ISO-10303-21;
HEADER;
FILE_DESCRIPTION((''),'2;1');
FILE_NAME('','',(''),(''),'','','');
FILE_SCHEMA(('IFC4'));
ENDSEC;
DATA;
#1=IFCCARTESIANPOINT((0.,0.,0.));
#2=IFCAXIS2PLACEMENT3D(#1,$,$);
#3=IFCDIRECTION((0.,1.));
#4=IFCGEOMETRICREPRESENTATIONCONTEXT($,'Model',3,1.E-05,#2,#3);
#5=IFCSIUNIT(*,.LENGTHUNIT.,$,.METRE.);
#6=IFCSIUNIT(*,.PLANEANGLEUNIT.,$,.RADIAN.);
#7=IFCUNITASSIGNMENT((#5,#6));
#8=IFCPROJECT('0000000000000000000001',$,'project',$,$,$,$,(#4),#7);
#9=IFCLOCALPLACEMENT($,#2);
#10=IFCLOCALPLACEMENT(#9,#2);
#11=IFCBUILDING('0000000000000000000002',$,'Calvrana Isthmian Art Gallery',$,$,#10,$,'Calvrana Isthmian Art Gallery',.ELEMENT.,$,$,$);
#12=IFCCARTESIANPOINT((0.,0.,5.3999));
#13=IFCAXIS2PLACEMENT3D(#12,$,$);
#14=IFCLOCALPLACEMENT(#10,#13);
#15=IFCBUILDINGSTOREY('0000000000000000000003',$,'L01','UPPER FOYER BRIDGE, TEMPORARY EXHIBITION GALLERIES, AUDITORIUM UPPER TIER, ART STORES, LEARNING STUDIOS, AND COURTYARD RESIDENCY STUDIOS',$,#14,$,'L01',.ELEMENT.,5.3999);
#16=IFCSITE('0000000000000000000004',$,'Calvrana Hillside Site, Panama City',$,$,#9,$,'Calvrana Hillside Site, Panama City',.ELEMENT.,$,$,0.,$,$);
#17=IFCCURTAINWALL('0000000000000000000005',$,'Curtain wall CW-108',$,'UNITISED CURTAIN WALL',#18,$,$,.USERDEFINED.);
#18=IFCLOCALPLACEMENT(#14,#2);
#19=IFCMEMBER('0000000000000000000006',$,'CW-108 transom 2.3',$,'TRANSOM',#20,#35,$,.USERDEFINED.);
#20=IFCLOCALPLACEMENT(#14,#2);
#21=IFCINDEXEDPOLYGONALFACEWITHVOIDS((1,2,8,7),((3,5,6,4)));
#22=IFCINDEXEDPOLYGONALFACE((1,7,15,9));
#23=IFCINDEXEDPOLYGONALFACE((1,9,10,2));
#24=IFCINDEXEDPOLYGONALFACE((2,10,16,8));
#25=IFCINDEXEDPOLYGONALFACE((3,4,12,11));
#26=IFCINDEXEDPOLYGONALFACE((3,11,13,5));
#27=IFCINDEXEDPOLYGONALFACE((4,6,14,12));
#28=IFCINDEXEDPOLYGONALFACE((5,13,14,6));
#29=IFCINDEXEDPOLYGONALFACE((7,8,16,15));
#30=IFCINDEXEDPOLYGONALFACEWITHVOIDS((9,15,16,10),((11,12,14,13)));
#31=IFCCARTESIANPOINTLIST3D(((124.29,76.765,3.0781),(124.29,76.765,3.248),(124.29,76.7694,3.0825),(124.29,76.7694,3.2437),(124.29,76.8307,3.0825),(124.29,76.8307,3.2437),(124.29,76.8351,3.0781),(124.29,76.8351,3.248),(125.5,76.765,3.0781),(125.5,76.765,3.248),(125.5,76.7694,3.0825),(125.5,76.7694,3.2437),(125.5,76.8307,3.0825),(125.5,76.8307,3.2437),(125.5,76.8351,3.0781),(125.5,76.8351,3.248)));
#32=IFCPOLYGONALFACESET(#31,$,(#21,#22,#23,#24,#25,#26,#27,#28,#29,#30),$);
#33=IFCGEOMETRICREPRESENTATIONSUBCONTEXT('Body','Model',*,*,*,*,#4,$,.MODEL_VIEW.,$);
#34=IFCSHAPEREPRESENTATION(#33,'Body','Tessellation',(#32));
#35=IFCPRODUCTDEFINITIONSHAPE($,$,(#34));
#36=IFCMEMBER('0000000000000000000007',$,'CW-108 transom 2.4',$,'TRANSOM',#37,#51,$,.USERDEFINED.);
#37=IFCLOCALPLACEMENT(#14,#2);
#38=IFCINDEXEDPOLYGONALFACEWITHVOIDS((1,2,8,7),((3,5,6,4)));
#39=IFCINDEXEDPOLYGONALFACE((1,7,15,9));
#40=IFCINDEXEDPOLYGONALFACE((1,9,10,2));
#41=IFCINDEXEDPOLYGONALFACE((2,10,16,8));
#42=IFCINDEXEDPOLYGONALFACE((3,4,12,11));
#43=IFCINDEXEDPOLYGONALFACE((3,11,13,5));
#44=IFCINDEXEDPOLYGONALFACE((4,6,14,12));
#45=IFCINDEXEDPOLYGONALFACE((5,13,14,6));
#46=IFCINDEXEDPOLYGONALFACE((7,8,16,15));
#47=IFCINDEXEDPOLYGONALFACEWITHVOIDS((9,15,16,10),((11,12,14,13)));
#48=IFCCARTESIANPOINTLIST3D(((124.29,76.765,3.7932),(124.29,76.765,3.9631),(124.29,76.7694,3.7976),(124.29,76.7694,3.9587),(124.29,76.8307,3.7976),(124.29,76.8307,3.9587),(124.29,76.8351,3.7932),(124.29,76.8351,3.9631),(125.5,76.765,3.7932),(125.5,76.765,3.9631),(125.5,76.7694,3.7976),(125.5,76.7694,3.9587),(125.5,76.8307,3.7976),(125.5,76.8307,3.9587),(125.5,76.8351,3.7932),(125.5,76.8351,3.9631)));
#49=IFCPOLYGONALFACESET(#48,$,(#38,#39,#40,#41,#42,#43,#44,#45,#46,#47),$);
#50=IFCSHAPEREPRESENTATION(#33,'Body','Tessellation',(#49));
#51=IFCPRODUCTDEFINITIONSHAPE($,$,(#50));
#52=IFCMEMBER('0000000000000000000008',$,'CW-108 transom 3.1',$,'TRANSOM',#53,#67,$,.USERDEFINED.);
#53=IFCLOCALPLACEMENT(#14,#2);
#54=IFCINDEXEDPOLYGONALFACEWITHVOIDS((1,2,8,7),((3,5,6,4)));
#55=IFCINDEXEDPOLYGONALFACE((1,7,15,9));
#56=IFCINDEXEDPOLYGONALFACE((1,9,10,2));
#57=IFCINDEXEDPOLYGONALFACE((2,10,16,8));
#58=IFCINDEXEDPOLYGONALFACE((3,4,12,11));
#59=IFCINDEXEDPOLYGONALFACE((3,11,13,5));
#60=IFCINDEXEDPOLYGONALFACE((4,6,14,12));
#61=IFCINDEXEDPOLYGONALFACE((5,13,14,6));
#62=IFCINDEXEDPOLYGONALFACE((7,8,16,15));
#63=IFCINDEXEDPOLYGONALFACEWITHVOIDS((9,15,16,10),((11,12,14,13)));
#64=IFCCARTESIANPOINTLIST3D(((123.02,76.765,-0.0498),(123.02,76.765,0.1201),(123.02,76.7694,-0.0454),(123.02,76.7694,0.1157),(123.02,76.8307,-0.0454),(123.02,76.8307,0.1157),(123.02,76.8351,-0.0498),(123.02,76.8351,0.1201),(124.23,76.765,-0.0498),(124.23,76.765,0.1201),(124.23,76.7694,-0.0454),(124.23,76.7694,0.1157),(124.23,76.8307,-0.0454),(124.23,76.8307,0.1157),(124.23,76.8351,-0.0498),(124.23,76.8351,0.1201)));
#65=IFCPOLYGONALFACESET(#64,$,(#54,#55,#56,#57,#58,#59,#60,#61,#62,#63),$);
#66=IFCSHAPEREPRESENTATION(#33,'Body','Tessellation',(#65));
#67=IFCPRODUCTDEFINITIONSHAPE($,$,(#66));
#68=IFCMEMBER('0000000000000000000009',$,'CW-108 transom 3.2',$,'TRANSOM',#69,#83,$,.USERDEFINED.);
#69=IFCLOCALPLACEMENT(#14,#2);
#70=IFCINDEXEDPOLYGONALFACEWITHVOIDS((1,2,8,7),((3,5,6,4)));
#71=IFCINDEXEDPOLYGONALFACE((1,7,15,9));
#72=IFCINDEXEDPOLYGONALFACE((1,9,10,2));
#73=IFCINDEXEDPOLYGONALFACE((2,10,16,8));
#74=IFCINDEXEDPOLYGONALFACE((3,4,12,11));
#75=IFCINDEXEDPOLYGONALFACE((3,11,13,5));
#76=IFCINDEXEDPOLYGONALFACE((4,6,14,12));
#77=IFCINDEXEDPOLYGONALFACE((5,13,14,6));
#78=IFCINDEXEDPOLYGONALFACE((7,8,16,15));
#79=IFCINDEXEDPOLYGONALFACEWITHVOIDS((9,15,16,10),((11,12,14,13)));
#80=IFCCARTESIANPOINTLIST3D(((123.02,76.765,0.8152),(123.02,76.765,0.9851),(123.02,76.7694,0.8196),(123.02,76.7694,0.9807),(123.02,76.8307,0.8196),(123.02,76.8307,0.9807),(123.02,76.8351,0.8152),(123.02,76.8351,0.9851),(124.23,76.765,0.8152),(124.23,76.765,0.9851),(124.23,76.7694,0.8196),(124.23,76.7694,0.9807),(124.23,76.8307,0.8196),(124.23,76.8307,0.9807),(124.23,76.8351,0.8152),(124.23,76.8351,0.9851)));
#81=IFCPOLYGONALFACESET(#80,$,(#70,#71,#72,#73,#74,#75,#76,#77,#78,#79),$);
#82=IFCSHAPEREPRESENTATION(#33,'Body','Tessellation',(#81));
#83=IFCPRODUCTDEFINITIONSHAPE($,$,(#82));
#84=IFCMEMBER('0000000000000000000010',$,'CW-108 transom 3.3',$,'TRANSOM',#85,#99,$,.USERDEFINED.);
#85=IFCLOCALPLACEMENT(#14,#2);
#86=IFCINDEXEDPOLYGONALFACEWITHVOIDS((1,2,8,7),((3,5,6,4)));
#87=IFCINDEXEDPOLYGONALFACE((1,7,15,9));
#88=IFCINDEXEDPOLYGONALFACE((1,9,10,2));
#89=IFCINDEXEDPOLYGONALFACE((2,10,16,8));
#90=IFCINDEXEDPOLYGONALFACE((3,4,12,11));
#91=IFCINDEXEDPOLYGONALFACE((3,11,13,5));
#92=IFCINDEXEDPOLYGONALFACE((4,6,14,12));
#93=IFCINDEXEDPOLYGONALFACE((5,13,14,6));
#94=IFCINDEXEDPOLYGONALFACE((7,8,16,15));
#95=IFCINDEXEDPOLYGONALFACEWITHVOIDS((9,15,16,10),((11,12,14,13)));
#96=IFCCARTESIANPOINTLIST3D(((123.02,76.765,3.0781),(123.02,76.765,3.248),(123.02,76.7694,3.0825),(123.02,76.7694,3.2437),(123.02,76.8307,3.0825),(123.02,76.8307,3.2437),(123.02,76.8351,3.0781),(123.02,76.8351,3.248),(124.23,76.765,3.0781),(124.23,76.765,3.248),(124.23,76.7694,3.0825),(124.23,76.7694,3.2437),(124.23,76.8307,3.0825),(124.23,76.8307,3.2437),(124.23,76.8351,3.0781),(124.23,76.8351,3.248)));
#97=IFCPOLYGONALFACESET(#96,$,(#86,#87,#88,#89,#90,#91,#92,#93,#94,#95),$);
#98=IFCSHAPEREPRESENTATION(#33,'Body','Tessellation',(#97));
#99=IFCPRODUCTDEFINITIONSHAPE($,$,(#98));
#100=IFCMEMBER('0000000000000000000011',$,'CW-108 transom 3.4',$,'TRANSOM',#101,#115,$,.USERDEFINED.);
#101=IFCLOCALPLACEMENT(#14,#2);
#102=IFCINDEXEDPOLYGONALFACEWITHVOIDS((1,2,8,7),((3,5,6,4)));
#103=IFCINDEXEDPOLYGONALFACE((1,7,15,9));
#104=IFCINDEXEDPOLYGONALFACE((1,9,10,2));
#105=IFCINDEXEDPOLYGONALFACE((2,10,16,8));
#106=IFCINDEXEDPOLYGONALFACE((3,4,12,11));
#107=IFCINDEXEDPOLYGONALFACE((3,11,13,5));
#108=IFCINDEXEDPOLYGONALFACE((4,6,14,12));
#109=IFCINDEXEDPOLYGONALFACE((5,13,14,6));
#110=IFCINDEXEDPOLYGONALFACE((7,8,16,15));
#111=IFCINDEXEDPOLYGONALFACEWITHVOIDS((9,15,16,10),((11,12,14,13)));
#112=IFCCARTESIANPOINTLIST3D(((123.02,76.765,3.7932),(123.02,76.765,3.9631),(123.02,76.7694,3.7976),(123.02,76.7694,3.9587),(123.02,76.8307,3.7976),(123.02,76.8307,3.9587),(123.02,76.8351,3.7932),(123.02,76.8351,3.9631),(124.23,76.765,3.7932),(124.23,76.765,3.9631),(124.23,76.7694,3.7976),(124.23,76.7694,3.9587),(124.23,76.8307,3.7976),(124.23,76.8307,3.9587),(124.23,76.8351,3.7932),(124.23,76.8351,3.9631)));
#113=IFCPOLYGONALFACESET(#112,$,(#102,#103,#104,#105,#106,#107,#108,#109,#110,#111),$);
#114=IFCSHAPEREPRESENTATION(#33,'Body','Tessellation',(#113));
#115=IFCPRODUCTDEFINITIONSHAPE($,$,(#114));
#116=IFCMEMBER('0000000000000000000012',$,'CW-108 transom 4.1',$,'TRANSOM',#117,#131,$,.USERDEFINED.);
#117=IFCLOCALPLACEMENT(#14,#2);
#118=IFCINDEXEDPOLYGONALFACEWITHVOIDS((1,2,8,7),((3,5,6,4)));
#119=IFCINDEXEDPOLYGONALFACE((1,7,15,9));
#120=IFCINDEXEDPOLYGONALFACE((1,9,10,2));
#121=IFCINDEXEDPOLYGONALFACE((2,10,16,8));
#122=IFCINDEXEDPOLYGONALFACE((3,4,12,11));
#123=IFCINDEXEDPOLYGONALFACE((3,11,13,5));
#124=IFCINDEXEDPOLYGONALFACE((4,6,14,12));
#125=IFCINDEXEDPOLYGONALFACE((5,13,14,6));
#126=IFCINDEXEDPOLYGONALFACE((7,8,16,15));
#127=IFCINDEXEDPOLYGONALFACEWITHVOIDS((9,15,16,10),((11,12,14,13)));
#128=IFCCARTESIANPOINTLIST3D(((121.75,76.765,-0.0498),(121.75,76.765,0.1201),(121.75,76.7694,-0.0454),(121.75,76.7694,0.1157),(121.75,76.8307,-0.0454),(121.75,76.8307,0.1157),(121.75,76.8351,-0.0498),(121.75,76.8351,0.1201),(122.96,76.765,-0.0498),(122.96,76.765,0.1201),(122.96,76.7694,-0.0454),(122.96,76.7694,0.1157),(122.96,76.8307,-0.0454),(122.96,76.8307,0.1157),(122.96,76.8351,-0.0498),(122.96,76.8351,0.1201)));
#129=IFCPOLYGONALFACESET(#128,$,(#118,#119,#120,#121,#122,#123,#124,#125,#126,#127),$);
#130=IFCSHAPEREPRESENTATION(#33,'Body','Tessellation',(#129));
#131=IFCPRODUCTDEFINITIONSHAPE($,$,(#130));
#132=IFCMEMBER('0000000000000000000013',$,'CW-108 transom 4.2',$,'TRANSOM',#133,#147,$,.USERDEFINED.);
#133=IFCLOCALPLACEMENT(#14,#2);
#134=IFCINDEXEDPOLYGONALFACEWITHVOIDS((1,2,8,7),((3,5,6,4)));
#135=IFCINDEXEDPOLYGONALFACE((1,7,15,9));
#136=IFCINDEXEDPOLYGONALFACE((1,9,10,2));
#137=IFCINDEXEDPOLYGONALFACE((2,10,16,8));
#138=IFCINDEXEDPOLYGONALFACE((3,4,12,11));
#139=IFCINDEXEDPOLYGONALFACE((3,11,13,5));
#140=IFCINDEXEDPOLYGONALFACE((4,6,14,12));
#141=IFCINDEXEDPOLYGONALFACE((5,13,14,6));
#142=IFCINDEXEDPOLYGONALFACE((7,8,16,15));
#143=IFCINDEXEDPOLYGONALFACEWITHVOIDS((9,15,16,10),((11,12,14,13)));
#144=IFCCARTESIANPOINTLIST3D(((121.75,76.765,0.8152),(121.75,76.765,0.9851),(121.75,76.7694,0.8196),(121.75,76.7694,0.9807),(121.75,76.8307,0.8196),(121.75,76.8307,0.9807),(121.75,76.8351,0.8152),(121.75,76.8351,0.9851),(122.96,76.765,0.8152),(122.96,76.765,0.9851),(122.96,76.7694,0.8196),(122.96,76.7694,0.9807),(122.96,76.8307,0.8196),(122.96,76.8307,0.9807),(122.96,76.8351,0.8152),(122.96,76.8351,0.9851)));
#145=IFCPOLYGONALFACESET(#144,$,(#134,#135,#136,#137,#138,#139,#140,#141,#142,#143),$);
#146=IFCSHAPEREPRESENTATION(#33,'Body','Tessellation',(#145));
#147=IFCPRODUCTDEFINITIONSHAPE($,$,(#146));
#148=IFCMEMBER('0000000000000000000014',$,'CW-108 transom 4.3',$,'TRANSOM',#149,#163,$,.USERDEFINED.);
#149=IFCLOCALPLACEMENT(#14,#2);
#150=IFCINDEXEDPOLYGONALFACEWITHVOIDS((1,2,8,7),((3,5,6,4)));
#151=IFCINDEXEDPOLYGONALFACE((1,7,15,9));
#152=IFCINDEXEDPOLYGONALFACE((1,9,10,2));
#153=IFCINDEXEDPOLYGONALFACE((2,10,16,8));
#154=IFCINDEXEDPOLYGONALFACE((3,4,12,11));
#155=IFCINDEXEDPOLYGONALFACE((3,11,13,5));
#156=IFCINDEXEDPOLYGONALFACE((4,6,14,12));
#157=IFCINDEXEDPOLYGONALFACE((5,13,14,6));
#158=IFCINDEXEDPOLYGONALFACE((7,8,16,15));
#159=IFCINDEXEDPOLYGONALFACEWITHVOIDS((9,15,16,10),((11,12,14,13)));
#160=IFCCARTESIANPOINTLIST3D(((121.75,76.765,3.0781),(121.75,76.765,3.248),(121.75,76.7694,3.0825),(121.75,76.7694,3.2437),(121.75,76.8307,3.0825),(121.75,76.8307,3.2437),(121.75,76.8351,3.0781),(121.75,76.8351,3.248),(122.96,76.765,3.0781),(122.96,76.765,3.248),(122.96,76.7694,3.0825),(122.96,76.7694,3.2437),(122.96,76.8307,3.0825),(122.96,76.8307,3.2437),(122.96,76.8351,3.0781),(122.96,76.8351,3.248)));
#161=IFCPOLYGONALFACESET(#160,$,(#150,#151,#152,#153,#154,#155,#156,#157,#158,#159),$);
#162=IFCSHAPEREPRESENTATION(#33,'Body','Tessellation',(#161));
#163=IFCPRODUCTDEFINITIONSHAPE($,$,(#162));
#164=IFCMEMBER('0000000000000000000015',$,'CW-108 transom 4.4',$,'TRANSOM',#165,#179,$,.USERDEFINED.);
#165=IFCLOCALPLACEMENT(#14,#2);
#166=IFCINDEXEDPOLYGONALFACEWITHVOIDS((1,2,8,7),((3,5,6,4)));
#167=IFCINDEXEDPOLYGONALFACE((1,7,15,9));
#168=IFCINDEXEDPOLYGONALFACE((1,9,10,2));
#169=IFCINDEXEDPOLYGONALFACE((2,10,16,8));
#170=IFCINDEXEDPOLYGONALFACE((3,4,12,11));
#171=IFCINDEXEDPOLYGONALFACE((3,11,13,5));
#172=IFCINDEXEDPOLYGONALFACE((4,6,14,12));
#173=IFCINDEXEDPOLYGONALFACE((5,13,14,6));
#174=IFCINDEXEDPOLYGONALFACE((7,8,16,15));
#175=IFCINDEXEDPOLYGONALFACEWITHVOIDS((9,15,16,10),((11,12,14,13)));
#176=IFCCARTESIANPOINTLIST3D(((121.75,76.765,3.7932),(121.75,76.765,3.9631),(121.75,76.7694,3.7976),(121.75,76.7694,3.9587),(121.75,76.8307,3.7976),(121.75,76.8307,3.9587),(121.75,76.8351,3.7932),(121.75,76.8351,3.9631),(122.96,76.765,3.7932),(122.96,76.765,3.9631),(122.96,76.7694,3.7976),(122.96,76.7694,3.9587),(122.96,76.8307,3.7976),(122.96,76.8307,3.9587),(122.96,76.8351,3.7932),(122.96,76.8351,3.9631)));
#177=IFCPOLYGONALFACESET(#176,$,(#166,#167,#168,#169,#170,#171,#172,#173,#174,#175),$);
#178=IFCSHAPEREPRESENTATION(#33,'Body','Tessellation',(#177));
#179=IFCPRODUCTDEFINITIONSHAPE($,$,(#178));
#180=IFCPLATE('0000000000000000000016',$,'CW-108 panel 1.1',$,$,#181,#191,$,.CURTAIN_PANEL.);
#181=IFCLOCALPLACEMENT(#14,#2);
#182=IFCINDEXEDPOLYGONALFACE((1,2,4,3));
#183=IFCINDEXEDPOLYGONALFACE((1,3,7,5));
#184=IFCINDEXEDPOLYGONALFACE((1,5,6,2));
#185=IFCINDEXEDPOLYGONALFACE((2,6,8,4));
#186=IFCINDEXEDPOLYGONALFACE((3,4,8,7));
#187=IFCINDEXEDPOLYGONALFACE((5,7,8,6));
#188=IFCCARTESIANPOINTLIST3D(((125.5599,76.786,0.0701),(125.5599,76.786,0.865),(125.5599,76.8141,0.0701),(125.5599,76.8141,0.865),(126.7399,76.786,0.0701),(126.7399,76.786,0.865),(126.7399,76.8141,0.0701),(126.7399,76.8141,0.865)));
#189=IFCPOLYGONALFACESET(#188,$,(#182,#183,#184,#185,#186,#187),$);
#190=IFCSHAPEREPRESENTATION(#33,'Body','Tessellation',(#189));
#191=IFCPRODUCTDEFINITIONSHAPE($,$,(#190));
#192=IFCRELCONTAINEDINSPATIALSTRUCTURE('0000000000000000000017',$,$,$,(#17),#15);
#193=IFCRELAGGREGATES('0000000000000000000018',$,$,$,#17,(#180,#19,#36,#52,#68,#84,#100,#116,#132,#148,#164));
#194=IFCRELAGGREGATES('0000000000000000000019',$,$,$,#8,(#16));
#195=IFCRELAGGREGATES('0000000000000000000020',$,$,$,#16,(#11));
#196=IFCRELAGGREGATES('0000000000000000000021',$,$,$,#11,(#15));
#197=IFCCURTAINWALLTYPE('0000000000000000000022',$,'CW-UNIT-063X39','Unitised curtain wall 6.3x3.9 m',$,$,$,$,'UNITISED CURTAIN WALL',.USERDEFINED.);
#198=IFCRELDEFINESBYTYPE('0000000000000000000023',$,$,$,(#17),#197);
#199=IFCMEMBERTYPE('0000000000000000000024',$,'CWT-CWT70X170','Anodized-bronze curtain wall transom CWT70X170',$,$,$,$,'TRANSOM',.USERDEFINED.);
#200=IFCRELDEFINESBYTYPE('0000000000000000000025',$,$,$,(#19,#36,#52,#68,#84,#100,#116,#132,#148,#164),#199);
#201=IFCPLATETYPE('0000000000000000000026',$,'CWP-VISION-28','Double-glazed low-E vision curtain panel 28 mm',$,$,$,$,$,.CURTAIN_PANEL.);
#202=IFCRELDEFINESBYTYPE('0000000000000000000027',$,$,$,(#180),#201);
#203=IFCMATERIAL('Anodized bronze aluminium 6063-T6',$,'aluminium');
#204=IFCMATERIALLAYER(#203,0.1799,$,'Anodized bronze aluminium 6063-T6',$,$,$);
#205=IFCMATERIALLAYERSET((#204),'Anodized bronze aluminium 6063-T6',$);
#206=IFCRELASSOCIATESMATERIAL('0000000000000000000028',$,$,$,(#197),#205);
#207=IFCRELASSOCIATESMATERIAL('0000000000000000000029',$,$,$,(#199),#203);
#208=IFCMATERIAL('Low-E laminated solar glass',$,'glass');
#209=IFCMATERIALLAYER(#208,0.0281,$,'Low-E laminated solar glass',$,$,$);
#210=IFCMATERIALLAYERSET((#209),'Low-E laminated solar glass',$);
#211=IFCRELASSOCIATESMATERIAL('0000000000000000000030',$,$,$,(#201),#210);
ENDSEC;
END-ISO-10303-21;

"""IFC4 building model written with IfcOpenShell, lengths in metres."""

from ifc_helpers import new_model, si_unit, direction, frame, origin, origin_2d, place, context, subcontext, project, spatial, rectangle, hollow_rectangle, extrude, material, layer, layer_set, material_profile, profile_set, type_object, element, aggregate, save


model = new_model("IFC4")

# Units and contexts
model_context = context("Model", 3, precision=1e-05, world=origin(), true_north=direction((0.0, 1.0)))
body_context = subcontext(model_context, "Body", "Model", "MODEL_VIEW")
ifc_project = project(units=[si_unit("LENGTHUNIT", "METRE"), si_unit("PLANEANGLEUNIT", "RADIAN")], contexts=[model_context])

# Site, building, storey
site_placement = place(None, origin())
site = spatial("IfcSite", under=ifc_project, at=site_placement, Name="Calvrana Hillside Site, Panama City", LongName="Calvrana Hillside Site, Panama City", CompositionType="ELEMENT", RefElevation=0.0)
building_placement = place(site_placement, origin())
building = spatial("IfcBuilding", under=site, at=building_placement, Name="Calvrana Isthmian Art Gallery", LongName="Calvrana Isthmian Art Gallery", CompositionType="ELEMENT")
storey_placement = place(building_placement, frame((0.0, 0.0, 5.3999)))
storey = spatial("IfcBuildingStorey", under=building, at=storey_placement, Name="L01", Description="UPPER FOYER BRIDGE, TEMPORARY EXHIBITION GALLERIES, AUDITORIUM UPPER TIER, ART STORES, LEARNING STUDIOS, AND COURTYARD RESIDENCY STUDIOS", LongName="L01", CompositionType="ELEMENT", Elevation=5.3999)

# Curtain wall, members, plate
ifc_material_1 = material(Name="Anodized bronze aluminium 6063-T6", Category="aluminium")
ifc_layer_1 = layer(ifc_material_1, 0.1799, Name="Anodized bronze aluminium 6063-T6")
ifc_layer_set_1 = layer_set([ifc_layer_1], Name="Anodized bronze aluminium 6063-T6")
curtain_wall_type = type_object("IfcCurtainWallType", Name="CW-UNIT-063X39", Description="Unitised curtain wall 6.3x3.9 m", ElementType="UNITISED CURTAIN WALL", PredefinedType="USERDEFINED", material=ifc_layer_set_1)
curtain_wall_placement = place(storey_placement, origin())
curtain_wall = element("IfcCurtainWall", 1, at=curtain_wall_placement, inside=storey, type_object=curtain_wall_type, Name="Curtain wall CW-108", ObjectType="UNITISED CURTAIN WALL", PredefinedType="USERDEFINED")
ifc_material_profile_1 = material_profile(ifc_material_1, hollow_rectangle(XDim=0.0701, YDim=0.1699, WallThickness=0.0044, at=origin_2d()), Name="CWT70X170")
ifc_profile_set_1 = profile_set([ifc_material_profile_1], Name="Anodized bronze aluminium 6063-T6")
member_type_1 = type_object("IfcMemberType", Name="CWT-CWT70X170", Description="Anodized-bronze curtain wall transom CWT70X170", ElementType="TRANSOM", PredefinedType="USERDEFINED", material=ifc_profile_set_1)
member_1_placement = place(storey_placement, frame((125.5, 76.8, 3.1631), z_axis=(-1.0, 0.0, 0.0), x_axis=(0.0, -1.0, 0.0)))
member_1 = element("IfcMember", 2, at=member_1_placement, type_object=member_type_1, Name="CW-108 transom 2.3", ObjectType="TRANSOM", PredefinedType="USERDEFINED", context=body_context, shape_type="SweptSolid", body=[
    extrude(hollow_rectangle(XDim=0.0701, YDim=0.1699, WallThickness=0.0044, at=origin_2d()), origin(), (0.0, 0.0, 1.0), 1.21),
])
member_2_placement = place(storey_placement, frame((125.5, 76.8, 3.8782), z_axis=(-1.0, 0.0, 0.0), x_axis=(0.0, -1.0, 0.0)))
member_2 = element("IfcMember", 3, at=member_2_placement, type_object=member_type_1, Name="CW-108 transom 2.4", ObjectType="TRANSOM", PredefinedType="USERDEFINED", context=body_context, shape_type="SweptSolid", body=[
    extrude(hollow_rectangle(XDim=0.0701, YDim=0.1699, WallThickness=0.0044, at=origin_2d()), origin(), (0.0, 0.0, 1.0), 1.21),
])
member_3_placement = place(storey_placement, frame((124.23, 76.8, 0.0352), z_axis=(-1.0, 0.0, 0.0), x_axis=(0.0, -1.0, 0.0)))
member_3 = element("IfcMember", 4, at=member_3_placement, type_object=member_type_1, Name="CW-108 transom 3.1", ObjectType="TRANSOM", PredefinedType="USERDEFINED", context=body_context, shape_type="SweptSolid", body=[
    extrude(hollow_rectangle(XDim=0.0701, YDim=0.1699, WallThickness=0.0044, at=origin_2d()), origin(), (0.0, 0.0, 1.0), 1.21),
])
member_4_placement = place(storey_placement, frame((124.23, 76.8, 0.9001), z_axis=(-1.0, 0.0, 0.0), x_axis=(0.0, -1.0, 0.0)))
member_4 = element("IfcMember", 5, at=member_4_placement, type_object=member_type_1, Name="CW-108 transom 3.2", ObjectType="TRANSOM", PredefinedType="USERDEFINED", context=body_context, shape_type="SweptSolid", body=[
    extrude(hollow_rectangle(XDim=0.0701, YDim=0.1699, WallThickness=0.0044, at=origin_2d()), origin(), (0.0, 0.0, 1.0), 1.21),
])
member_5_placement = place(storey_placement, frame((124.23, 76.8, 3.1631), z_axis=(-1.0, 0.0, 0.0), x_axis=(0.0, -1.0, 0.0)))
member_5 = element("IfcMember", 6, at=member_5_placement, type_object=member_type_1, Name="CW-108 transom 3.3", ObjectType="TRANSOM", PredefinedType="USERDEFINED", context=body_context, shape_type="SweptSolid", body=[
    extrude(hollow_rectangle(XDim=0.0701, YDim=0.1699, WallThickness=0.0044, at=origin_2d()), origin(), (0.0, 0.0, 1.0), 1.21),
])
member_6_placement = place(storey_placement, frame((124.23, 76.8, 3.8782), z_axis=(-1.0, 0.0, 0.0), x_axis=(0.0, -1.0, 0.0)))
member_6 = element("IfcMember", 7, at=member_6_placement, type_object=member_type_1, Name="CW-108 transom 3.4", ObjectType="TRANSOM", PredefinedType="USERDEFINED", context=body_context, shape_type="SweptSolid", body=[
    extrude(hollow_rectangle(XDim=0.0701, YDim=0.1699, WallThickness=0.0044, at=origin_2d()), origin(), (0.0, 0.0, 1.0), 1.21),
])
member_7_placement = place(storey_placement, frame((122.96, 76.8, 0.0352), z_axis=(-1.0, 0.0, 0.0), x_axis=(0.0, -1.0, 0.0)))
member_7 = element("IfcMember", 8, at=member_7_placement, type_object=member_type_1, Name="CW-108 transom 4.1", ObjectType="TRANSOM", PredefinedType="USERDEFINED", context=body_context, shape_type="SweptSolid", body=[
    extrude(hollow_rectangle(XDim=0.0701, YDim=0.1699, WallThickness=0.0044, at=origin_2d()), origin(), (0.0, 0.0, 1.0), 1.21),
])
member_8_placement = place(storey_placement, frame((122.96, 76.8, 0.9001), z_axis=(-1.0, 0.0, 0.0), x_axis=(0.0, -1.0, 0.0)))
member_8 = element("IfcMember", 9, at=member_8_placement, type_object=member_type_1, Name="CW-108 transom 4.2", ObjectType="TRANSOM", PredefinedType="USERDEFINED", context=body_context, shape_type="SweptSolid", body=[
    extrude(hollow_rectangle(XDim=0.0701, YDim=0.1699, WallThickness=0.0044, at=origin_2d()), origin(), (0.0, 0.0, 1.0), 1.21),
])
member_9_placement = place(storey_placement, frame((122.96, 76.8, 3.1631), z_axis=(-1.0, 0.0, 0.0), x_axis=(0.0, -1.0, 0.0)))
member_9 = element("IfcMember", 10, at=member_9_placement, type_object=member_type_1, Name="CW-108 transom 4.3", ObjectType="TRANSOM", PredefinedType="USERDEFINED", context=body_context, shape_type="SweptSolid", body=[
    extrude(hollow_rectangle(XDim=0.0701, YDim=0.1699, WallThickness=0.0044, at=origin_2d()), origin(), (0.0, 0.0, 1.0), 1.21),
])
member_10_placement = place(storey_placement, frame((122.96, 76.8, 3.8782), z_axis=(-1.0, 0.0, 0.0), x_axis=(0.0, -1.0, 0.0)))
member_10 = element("IfcMember", 11, at=member_10_placement, type_object=member_type_1, Name="CW-108 transom 4.4", ObjectType="TRANSOM", PredefinedType="USERDEFINED", context=body_context, shape_type="SweptSolid", body=[
    extrude(hollow_rectangle(XDim=0.0701, YDim=0.1699, WallThickness=0.0044, at=origin_2d()), origin(), (0.0, 0.0, 1.0), 1.21),
])
ifc_material_2 = material(Name="Low-E laminated solar glass", Category="glass")
ifc_layer_2 = layer(ifc_material_2, 0.0281, Name="Low-E laminated solar glass")
ifc_layer_set_2 = layer_set([ifc_layer_2], Name="Low-E laminated solar glass")
plate_type = type_object("IfcPlateType", Name="CWP-VISION-28", Description="Double-glazed low-E vision curtain panel 28 mm", PredefinedType="CURTAIN_PANEL", material=ifc_layer_set_2)
plate_1_placement = place(storey_placement, frame((126.1499, 76.8, 0.0701), z_axis=(0.0, 0.0, 1.0), x_axis=(-1.0, 0.0, 0.0)))
plate_1 = element("IfcPlate", 12, at=plate_1_placement, type_object=plate_type, Name="CW-108 panel 1.1", PredefinedType="CURTAIN_PANEL", context=body_context, shape_type="SweptSolid", body=[
    extrude(rectangle(XDim=1.1799, YDim=0.0281, at=origin_2d()), origin(), (0.0, 0.0, 1.0), 0.7949),
])
aggregate(curtain_wall, [plate_1, member_1, member_2, member_3, member_4, member_5, member_6, member_7, member_8, member_9, member_10])

save(model, "model.ifc")
